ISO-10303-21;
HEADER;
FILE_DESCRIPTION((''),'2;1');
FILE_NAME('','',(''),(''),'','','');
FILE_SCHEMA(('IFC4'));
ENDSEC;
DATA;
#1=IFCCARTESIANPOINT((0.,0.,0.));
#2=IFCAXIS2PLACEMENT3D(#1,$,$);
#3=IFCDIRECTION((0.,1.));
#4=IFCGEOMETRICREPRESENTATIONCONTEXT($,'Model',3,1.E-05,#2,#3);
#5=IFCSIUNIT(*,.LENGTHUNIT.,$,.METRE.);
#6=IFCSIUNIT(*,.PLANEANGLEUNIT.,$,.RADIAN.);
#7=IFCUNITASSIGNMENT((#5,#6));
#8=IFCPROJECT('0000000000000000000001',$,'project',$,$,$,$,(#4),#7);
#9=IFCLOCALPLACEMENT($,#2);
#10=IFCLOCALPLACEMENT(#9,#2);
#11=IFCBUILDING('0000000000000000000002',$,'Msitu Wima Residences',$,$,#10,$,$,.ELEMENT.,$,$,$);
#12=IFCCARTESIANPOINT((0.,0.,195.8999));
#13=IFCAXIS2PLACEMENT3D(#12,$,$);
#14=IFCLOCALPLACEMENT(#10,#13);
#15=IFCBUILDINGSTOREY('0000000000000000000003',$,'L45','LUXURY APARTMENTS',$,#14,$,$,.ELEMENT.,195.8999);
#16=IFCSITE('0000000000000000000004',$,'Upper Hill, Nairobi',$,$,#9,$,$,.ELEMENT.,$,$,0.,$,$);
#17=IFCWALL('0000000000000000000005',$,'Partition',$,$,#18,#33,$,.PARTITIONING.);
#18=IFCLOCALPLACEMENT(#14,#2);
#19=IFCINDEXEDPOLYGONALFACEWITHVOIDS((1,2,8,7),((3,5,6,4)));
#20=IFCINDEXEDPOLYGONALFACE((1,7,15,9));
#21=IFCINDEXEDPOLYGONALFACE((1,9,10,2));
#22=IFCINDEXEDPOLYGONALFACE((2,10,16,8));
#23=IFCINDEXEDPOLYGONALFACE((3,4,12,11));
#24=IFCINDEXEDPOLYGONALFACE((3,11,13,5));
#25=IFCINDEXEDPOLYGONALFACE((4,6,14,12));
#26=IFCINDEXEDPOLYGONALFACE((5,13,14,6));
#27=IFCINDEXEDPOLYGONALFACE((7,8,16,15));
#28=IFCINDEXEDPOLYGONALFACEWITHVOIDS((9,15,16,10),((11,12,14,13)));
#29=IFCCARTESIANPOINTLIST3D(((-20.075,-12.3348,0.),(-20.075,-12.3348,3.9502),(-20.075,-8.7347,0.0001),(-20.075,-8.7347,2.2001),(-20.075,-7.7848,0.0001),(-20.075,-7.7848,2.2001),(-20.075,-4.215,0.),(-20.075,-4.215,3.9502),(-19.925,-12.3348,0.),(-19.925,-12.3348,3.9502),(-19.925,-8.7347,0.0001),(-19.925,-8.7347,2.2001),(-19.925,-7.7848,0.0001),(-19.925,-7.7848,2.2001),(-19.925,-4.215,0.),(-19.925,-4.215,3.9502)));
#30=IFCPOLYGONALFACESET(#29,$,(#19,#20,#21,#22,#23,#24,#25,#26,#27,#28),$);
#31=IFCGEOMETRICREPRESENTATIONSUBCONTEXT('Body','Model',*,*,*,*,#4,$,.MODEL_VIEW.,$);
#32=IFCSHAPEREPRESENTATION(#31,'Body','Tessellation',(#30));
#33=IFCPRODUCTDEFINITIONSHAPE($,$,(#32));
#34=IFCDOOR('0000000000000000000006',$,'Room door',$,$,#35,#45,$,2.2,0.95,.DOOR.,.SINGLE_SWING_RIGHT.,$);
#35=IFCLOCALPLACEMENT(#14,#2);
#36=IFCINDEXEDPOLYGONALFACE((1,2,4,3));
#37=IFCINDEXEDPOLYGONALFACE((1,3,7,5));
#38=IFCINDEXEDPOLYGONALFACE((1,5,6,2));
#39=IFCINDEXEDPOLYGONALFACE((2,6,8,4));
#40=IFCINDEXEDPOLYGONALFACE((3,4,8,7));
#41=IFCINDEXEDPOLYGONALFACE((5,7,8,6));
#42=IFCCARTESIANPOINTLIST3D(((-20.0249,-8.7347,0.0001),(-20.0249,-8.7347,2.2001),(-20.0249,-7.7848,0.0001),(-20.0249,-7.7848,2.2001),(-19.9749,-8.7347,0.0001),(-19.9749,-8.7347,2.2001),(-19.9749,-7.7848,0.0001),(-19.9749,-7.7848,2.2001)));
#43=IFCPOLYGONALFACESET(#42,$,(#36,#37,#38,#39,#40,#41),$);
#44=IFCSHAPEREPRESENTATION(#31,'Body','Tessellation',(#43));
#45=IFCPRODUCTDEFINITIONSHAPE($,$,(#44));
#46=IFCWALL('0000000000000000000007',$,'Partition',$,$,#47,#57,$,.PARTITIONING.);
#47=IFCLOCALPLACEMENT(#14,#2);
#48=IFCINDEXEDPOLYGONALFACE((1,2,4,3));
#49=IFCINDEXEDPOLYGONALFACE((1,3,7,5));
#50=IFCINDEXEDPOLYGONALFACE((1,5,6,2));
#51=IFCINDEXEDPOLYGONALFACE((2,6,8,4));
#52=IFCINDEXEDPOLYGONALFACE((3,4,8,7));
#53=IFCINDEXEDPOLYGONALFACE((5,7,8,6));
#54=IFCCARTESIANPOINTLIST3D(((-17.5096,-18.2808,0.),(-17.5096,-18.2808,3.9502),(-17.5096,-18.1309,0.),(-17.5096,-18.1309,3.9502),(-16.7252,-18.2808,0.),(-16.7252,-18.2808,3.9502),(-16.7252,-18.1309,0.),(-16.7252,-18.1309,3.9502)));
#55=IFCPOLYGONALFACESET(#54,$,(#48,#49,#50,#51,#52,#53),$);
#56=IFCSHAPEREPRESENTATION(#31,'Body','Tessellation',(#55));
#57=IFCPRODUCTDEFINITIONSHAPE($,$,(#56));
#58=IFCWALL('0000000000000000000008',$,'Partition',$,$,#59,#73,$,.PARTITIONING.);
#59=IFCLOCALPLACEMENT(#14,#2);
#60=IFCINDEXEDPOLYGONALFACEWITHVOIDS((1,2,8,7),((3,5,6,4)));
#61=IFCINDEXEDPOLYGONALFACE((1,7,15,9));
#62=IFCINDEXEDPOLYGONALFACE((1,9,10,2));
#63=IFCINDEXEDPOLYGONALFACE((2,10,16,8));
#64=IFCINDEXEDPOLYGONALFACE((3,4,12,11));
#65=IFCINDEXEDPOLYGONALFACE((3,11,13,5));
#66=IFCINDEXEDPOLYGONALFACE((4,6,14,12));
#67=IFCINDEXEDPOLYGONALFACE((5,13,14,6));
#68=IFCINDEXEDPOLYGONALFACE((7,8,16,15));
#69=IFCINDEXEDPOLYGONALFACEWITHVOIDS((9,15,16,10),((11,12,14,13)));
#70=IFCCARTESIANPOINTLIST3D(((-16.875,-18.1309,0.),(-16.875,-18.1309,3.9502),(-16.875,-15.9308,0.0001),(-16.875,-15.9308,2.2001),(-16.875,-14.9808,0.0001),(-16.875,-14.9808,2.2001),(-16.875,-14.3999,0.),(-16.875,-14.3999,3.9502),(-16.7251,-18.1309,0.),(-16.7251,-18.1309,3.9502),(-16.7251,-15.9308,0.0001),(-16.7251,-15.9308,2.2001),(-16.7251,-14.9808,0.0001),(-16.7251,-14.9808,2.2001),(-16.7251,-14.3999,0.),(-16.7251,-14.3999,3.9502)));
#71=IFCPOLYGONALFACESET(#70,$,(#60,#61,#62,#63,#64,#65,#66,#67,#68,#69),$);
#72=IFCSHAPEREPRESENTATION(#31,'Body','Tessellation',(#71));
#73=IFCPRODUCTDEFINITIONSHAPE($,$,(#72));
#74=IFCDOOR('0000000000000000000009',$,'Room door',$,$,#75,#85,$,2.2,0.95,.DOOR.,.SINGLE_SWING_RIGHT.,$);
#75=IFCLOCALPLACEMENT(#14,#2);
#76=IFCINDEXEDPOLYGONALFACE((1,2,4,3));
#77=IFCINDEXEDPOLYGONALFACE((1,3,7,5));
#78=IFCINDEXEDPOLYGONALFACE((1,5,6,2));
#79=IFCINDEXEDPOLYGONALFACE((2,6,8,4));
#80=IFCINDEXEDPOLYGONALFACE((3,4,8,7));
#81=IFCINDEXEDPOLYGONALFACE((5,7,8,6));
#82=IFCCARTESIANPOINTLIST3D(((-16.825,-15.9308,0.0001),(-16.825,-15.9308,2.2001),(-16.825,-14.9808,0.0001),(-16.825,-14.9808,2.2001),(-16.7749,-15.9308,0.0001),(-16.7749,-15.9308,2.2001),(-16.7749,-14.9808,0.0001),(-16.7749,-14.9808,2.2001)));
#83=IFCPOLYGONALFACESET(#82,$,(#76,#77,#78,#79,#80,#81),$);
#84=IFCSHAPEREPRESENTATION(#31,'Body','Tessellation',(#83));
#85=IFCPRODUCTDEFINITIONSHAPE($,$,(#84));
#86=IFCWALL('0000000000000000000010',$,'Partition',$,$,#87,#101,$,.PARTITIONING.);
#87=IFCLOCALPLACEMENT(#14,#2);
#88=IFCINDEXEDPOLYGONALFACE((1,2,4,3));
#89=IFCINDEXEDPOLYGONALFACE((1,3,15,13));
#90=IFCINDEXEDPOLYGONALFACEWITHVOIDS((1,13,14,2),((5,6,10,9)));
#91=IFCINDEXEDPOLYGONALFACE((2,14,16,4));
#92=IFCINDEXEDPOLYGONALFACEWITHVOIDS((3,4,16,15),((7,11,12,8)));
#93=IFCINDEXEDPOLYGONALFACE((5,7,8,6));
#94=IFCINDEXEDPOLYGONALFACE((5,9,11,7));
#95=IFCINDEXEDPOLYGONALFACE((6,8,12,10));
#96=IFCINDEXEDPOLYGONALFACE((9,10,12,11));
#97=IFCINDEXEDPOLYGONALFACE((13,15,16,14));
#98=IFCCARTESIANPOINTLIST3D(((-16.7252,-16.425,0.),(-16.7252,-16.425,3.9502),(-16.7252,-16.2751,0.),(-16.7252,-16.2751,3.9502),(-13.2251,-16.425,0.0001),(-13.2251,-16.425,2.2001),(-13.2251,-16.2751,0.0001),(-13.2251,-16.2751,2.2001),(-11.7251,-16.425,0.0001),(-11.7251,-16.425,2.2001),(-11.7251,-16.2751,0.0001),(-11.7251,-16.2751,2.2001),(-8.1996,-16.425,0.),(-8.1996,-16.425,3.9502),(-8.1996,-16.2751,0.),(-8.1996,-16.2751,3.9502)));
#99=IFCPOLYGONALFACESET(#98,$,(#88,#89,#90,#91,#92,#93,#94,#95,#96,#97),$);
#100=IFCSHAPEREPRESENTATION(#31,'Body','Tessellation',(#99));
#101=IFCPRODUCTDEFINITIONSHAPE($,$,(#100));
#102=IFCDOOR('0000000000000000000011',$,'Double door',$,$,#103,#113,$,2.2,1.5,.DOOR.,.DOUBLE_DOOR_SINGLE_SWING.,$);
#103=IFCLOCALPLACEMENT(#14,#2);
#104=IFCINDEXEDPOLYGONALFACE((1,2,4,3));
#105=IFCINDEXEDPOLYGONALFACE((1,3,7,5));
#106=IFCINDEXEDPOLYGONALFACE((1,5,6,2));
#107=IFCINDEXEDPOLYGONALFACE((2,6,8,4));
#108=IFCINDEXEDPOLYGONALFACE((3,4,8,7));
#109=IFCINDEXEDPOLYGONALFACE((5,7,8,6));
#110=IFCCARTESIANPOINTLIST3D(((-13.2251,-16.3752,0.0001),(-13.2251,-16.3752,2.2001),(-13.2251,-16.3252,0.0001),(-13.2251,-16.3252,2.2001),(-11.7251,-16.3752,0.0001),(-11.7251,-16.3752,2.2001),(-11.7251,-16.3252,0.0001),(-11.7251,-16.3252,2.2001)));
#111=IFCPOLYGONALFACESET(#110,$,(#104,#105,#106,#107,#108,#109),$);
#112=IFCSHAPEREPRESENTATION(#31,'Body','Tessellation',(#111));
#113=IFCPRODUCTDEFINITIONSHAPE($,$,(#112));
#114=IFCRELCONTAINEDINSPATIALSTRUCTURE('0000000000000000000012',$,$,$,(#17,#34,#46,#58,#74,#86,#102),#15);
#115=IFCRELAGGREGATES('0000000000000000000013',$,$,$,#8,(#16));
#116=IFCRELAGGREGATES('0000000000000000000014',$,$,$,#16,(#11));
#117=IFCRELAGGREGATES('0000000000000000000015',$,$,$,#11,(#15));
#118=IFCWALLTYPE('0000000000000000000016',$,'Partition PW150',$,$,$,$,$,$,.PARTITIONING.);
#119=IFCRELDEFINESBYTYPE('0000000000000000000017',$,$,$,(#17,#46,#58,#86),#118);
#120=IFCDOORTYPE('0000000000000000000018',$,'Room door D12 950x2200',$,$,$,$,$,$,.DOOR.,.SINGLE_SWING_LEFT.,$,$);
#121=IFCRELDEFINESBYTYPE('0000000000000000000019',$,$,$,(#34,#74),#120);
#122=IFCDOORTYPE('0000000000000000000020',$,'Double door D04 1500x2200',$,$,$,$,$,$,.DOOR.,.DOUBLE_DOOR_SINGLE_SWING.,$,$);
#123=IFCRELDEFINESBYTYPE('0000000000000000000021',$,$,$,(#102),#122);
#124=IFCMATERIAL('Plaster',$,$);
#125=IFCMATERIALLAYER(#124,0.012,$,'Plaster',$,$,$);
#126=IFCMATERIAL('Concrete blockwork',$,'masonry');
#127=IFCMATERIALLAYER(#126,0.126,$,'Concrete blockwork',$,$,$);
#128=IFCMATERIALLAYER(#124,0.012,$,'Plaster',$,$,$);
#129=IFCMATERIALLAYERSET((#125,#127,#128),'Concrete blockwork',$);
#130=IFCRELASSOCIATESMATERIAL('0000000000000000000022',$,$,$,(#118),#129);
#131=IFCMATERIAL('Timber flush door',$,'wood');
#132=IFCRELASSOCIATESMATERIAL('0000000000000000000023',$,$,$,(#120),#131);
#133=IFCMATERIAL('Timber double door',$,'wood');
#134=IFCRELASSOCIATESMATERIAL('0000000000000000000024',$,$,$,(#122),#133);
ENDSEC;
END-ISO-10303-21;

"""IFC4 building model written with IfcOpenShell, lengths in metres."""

from ifc_helpers import new_model, si_unit, direction, frame, frame_2d, origin, place, context, subcontext, project, spatial, rectangle, extrude, material, layer, layer_set, type_object, element, fill, save


model = new_model("IFC4")

# Units and contexts
model_context = context("Model", 3, precision=1e-05, world=origin(), true_north=direction((0.0, 1.0)))
body_context = subcontext(model_context, "Body", "Model", "MODEL_VIEW")
ifc_project = project(units=[si_unit("LENGTHUNIT", "METRE"), si_unit("PLANEANGLEUNIT", "RADIAN")], contexts=[model_context])

# Site, building, storey
site_placement = place(None, origin())
site = spatial("IfcSite", under=ifc_project, at=site_placement, Name="Upper Hill, Nairobi", CompositionType="ELEMENT", RefElevation=0.0)
building_placement = place(site_placement, origin())
building = spatial("IfcBuilding", under=site, at=building_placement, Name="Msitu Wima Residences", CompositionType="ELEMENT")
storey_placement = place(building_placement, frame((0.0, 0.0, 195.8999)))
storey = spatial("IfcBuildingStorey", under=building, at=storey_placement, Name="L45", Description="LUXURY APARTMENTS", CompositionType="ELEMENT", Elevation=195.8999)

# Shared definitions
ifc_material_1 = material(Name="Plaster")
ifc_material_2 = material(Name="Concrete blockwork", Category="masonry")

# Shared definitions
ifc_layer_1 = layer(ifc_material_1, 0.012, Name="Plaster")
ifc_layer_2 = layer(ifc_material_2, 0.126, Name="Concrete blockwork")
ifc_layer_3 = layer(ifc_material_1, 0.012, Name="Plaster")
ifc_layer_set_1 = layer_set([ifc_layer_1, ifc_layer_2, ifc_layer_3], Name="Concrete blockwork")
wall_type_1 = type_object("IfcWallType", Name="Partition PW150", PredefinedType="PARTITIONING", material=ifc_layer_set_1)

# Wall, opening, door
ifc_material_3 = material(Name="Timber flush door", Category="wood")
door_type_1 = type_object("IfcDoorType", Name="Room door D12 950x2200", OperationType="SINGLE_SWING_LEFT", PredefinedType="DOOR", material=ifc_material_3)
wall_1_placement = place(storey_placement, frame((-20.0, -12.335, 0.0), z_axis=(0.0, 0.0, 1.0), x_axis=(0.0, 1.0, 0.0)))
wall_1 = element("IfcWall", 1, at=wall_1_placement, inside=storey, type_object=wall_type_1, Name="Partition", PredefinedType="PARTITIONING", context=body_context, shape_type="SweptSolid", body=[
    extrude(rectangle(XDim=8.1199, YDim=0.1499, at=frame_2d((4.0601, 0.0))), origin(), (0.0, 0.0, 1.0), 3.9502),
])
opening_1_placement = place(wall_1_placement, frame((3.6001, 0.0, 0.0)))
opening_1 = element("IfcOpeningElement", 2, at=opening_1_placement, cuts=wall_1, PredefinedType="OPENING", context=body_context, shape_type="SweptSolid", body=[
    extrude(rectangle(XDim=0.95, YDim=2.2, at=frame_2d((0.4751, 1.1001))), frame((0.0, 0.085, 0.0), z_axis=(0.0, -1.0, 0.0), x_axis=(1.0, 0.0, 0.0)), (0.0, 0.0, 1.0), 0.1699),
])
door_1_placement = place(opening_1_placement, origin())
door_1 = element("IfcDoor", 3, at=door_1_placement, inside=storey, type_object=door_type_1, Name="Room door", OperationType="SINGLE_SWING_RIGHT", OverallHeight=2.2, OverallWidth=0.95, PredefinedType="DOOR", context=body_context, shape_type="SweptSolid", body=[
    extrude(rectangle(XDim=0.95, YDim=2.2, at=frame_2d((0.4751, 1.1001))), frame((0.0, 0.0249, 0.0), z_axis=(0.0, -1.0, 0.0), x_axis=(1.0, 0.0, 0.0)), (0.0, 0.0, 1.0), 0.05),
])
fill(opening_1, door_1)

# Wall
wall_2_placement = place(storey_placement, frame((-17.5095, -18.2058, 0.0), z_axis=(0.0, 0.0, 1.0), x_axis=(1.0, 0.0, 0.0)))
element("IfcWall", 4, at=wall_2_placement, inside=storey, type_object=wall_type_1, Name="Partition", PredefinedType="PARTITIONING", context=body_context, shape_type="SweptSolid", body=[
    extrude(rectangle(XDim=0.7844, YDim=0.1499, at=frame_2d((0.3921, 0.0))), origin(), (0.0, 0.0, 1.0), 3.9502),
])

# Walls, openings, doors
wall_3_placement = place(storey_placement, frame((-16.8, -18.1309, 0.0), z_axis=(0.0, 0.0, 1.0), x_axis=(0.0, 1.0, 0.0)))
wall_3 = element("IfcWall", 5, at=wall_3_placement, inside=storey, type_object=wall_type_1, Name="Partition", PredefinedType="PARTITIONING", context=body_context, shape_type="SweptSolid", body=[
    extrude(rectangle(XDim=3.731, YDim=0.1499, at=frame_2d((1.8655, 0.0))), origin(), (0.0, 0.0, 1.0), 3.9502),
])
opening_2_placement = place(wall_3_placement, frame((2.2, 0.0, 0.0)))
opening_2 = element("IfcOpeningElement", 6, at=opening_2_placement, cuts=wall_3, PredefinedType="OPENING", context=body_context, shape_type="SweptSolid", body=[
    extrude(rectangle(XDim=0.95, YDim=2.2, at=frame_2d((0.4751, 1.1001))), frame((0.0, 0.085, 0.0), z_axis=(0.0, -1.0, 0.0), x_axis=(1.0, 0.0, 0.0)), (0.0, 0.0, 1.0), 0.1699),
])
door_2_placement = place(opening_2_placement, origin())
door_2 = element("IfcDoor", 7, at=door_2_placement, inside=storey, type_object=door_type_1, Name="Room door", OperationType="SINGLE_SWING_RIGHT", OverallHeight=2.2, OverallWidth=0.95, PredefinedType="DOOR", context=body_context, shape_type="SweptSolid", body=[
    extrude(rectangle(XDim=0.95, YDim=2.2, at=frame_2d((0.4751, 1.1001))), frame((0.0, 0.0249, 0.0), z_axis=(0.0, -1.0, 0.0), x_axis=(1.0, 0.0, 0.0)), (0.0, 0.0, 1.0), 0.05),
])
fill(opening_2, door_2)
wall_4_placement = place(storey_placement, frame((-16.7251, -16.3501, 0.0), z_axis=(0.0, 0.0, 1.0), x_axis=(1.0, 0.0, 0.0)))
wall_4 = element("IfcWall", 8, at=wall_4_placement, inside=storey, type_object=wall_type_1, Name="Partition", PredefinedType="PARTITIONING", context=body_context, shape_type="SweptSolid", body=[
    extrude(rectangle(XDim=8.5256, YDim=0.1499, at=frame_2d((4.2627, 0.0))), origin(), (0.0, 0.0, 1.0), 3.9502),
])
opening_3_placement = place(wall_4_placement, frame((3.5, 0.0, 0.0)))
opening_3 = element("IfcOpeningElement", 9, at=opening_3_placement, cuts=wall_4, PredefinedType="OPENING", context=body_context, shape_type="SweptSolid", body=[
    extrude(rectangle(XDim=1.5, YDim=2.2, at=frame_2d((0.75, 1.1001))), frame((0.0, 0.085, 0.0), z_axis=(0.0, -1.0, 0.0), x_axis=(1.0, 0.0, 0.0)), (0.0, 0.0, 1.0), 0.1699),
])
ifc_material_4 = material(Name="Timber double door", Category="wood")
door_type_2 = type_object("IfcDoorType", Name="Double door D04 1500x2200", OperationType="DOUBLE_DOOR_SINGLE_SWING", PredefinedType="DOOR", material=ifc_material_4)
door_3_placement = place(opening_3_placement, origin())
door_3 = element("IfcDoor", 10, at=door_3_placement, inside=storey, type_object=door_type_2, Name="Double door", OperationType="DOUBLE_DOOR_SINGLE_SWING", OverallHeight=2.2, OverallWidth=1.5, PredefinedType="DOOR", context=body_context, shape_type="SweptSolid", body=[
    extrude(rectangle(XDim=1.5, YDim=2.2, at=frame_2d((0.75, 1.1001))), frame((0.0, 0.0249, 0.0), z_axis=(0.0, -1.0, 0.0), x_axis=(1.0, 0.0, 0.0)), (0.0, 0.0, 1.0), 0.05),
])
fill(opening_3, door_3)

save(model, "model.ifc")
